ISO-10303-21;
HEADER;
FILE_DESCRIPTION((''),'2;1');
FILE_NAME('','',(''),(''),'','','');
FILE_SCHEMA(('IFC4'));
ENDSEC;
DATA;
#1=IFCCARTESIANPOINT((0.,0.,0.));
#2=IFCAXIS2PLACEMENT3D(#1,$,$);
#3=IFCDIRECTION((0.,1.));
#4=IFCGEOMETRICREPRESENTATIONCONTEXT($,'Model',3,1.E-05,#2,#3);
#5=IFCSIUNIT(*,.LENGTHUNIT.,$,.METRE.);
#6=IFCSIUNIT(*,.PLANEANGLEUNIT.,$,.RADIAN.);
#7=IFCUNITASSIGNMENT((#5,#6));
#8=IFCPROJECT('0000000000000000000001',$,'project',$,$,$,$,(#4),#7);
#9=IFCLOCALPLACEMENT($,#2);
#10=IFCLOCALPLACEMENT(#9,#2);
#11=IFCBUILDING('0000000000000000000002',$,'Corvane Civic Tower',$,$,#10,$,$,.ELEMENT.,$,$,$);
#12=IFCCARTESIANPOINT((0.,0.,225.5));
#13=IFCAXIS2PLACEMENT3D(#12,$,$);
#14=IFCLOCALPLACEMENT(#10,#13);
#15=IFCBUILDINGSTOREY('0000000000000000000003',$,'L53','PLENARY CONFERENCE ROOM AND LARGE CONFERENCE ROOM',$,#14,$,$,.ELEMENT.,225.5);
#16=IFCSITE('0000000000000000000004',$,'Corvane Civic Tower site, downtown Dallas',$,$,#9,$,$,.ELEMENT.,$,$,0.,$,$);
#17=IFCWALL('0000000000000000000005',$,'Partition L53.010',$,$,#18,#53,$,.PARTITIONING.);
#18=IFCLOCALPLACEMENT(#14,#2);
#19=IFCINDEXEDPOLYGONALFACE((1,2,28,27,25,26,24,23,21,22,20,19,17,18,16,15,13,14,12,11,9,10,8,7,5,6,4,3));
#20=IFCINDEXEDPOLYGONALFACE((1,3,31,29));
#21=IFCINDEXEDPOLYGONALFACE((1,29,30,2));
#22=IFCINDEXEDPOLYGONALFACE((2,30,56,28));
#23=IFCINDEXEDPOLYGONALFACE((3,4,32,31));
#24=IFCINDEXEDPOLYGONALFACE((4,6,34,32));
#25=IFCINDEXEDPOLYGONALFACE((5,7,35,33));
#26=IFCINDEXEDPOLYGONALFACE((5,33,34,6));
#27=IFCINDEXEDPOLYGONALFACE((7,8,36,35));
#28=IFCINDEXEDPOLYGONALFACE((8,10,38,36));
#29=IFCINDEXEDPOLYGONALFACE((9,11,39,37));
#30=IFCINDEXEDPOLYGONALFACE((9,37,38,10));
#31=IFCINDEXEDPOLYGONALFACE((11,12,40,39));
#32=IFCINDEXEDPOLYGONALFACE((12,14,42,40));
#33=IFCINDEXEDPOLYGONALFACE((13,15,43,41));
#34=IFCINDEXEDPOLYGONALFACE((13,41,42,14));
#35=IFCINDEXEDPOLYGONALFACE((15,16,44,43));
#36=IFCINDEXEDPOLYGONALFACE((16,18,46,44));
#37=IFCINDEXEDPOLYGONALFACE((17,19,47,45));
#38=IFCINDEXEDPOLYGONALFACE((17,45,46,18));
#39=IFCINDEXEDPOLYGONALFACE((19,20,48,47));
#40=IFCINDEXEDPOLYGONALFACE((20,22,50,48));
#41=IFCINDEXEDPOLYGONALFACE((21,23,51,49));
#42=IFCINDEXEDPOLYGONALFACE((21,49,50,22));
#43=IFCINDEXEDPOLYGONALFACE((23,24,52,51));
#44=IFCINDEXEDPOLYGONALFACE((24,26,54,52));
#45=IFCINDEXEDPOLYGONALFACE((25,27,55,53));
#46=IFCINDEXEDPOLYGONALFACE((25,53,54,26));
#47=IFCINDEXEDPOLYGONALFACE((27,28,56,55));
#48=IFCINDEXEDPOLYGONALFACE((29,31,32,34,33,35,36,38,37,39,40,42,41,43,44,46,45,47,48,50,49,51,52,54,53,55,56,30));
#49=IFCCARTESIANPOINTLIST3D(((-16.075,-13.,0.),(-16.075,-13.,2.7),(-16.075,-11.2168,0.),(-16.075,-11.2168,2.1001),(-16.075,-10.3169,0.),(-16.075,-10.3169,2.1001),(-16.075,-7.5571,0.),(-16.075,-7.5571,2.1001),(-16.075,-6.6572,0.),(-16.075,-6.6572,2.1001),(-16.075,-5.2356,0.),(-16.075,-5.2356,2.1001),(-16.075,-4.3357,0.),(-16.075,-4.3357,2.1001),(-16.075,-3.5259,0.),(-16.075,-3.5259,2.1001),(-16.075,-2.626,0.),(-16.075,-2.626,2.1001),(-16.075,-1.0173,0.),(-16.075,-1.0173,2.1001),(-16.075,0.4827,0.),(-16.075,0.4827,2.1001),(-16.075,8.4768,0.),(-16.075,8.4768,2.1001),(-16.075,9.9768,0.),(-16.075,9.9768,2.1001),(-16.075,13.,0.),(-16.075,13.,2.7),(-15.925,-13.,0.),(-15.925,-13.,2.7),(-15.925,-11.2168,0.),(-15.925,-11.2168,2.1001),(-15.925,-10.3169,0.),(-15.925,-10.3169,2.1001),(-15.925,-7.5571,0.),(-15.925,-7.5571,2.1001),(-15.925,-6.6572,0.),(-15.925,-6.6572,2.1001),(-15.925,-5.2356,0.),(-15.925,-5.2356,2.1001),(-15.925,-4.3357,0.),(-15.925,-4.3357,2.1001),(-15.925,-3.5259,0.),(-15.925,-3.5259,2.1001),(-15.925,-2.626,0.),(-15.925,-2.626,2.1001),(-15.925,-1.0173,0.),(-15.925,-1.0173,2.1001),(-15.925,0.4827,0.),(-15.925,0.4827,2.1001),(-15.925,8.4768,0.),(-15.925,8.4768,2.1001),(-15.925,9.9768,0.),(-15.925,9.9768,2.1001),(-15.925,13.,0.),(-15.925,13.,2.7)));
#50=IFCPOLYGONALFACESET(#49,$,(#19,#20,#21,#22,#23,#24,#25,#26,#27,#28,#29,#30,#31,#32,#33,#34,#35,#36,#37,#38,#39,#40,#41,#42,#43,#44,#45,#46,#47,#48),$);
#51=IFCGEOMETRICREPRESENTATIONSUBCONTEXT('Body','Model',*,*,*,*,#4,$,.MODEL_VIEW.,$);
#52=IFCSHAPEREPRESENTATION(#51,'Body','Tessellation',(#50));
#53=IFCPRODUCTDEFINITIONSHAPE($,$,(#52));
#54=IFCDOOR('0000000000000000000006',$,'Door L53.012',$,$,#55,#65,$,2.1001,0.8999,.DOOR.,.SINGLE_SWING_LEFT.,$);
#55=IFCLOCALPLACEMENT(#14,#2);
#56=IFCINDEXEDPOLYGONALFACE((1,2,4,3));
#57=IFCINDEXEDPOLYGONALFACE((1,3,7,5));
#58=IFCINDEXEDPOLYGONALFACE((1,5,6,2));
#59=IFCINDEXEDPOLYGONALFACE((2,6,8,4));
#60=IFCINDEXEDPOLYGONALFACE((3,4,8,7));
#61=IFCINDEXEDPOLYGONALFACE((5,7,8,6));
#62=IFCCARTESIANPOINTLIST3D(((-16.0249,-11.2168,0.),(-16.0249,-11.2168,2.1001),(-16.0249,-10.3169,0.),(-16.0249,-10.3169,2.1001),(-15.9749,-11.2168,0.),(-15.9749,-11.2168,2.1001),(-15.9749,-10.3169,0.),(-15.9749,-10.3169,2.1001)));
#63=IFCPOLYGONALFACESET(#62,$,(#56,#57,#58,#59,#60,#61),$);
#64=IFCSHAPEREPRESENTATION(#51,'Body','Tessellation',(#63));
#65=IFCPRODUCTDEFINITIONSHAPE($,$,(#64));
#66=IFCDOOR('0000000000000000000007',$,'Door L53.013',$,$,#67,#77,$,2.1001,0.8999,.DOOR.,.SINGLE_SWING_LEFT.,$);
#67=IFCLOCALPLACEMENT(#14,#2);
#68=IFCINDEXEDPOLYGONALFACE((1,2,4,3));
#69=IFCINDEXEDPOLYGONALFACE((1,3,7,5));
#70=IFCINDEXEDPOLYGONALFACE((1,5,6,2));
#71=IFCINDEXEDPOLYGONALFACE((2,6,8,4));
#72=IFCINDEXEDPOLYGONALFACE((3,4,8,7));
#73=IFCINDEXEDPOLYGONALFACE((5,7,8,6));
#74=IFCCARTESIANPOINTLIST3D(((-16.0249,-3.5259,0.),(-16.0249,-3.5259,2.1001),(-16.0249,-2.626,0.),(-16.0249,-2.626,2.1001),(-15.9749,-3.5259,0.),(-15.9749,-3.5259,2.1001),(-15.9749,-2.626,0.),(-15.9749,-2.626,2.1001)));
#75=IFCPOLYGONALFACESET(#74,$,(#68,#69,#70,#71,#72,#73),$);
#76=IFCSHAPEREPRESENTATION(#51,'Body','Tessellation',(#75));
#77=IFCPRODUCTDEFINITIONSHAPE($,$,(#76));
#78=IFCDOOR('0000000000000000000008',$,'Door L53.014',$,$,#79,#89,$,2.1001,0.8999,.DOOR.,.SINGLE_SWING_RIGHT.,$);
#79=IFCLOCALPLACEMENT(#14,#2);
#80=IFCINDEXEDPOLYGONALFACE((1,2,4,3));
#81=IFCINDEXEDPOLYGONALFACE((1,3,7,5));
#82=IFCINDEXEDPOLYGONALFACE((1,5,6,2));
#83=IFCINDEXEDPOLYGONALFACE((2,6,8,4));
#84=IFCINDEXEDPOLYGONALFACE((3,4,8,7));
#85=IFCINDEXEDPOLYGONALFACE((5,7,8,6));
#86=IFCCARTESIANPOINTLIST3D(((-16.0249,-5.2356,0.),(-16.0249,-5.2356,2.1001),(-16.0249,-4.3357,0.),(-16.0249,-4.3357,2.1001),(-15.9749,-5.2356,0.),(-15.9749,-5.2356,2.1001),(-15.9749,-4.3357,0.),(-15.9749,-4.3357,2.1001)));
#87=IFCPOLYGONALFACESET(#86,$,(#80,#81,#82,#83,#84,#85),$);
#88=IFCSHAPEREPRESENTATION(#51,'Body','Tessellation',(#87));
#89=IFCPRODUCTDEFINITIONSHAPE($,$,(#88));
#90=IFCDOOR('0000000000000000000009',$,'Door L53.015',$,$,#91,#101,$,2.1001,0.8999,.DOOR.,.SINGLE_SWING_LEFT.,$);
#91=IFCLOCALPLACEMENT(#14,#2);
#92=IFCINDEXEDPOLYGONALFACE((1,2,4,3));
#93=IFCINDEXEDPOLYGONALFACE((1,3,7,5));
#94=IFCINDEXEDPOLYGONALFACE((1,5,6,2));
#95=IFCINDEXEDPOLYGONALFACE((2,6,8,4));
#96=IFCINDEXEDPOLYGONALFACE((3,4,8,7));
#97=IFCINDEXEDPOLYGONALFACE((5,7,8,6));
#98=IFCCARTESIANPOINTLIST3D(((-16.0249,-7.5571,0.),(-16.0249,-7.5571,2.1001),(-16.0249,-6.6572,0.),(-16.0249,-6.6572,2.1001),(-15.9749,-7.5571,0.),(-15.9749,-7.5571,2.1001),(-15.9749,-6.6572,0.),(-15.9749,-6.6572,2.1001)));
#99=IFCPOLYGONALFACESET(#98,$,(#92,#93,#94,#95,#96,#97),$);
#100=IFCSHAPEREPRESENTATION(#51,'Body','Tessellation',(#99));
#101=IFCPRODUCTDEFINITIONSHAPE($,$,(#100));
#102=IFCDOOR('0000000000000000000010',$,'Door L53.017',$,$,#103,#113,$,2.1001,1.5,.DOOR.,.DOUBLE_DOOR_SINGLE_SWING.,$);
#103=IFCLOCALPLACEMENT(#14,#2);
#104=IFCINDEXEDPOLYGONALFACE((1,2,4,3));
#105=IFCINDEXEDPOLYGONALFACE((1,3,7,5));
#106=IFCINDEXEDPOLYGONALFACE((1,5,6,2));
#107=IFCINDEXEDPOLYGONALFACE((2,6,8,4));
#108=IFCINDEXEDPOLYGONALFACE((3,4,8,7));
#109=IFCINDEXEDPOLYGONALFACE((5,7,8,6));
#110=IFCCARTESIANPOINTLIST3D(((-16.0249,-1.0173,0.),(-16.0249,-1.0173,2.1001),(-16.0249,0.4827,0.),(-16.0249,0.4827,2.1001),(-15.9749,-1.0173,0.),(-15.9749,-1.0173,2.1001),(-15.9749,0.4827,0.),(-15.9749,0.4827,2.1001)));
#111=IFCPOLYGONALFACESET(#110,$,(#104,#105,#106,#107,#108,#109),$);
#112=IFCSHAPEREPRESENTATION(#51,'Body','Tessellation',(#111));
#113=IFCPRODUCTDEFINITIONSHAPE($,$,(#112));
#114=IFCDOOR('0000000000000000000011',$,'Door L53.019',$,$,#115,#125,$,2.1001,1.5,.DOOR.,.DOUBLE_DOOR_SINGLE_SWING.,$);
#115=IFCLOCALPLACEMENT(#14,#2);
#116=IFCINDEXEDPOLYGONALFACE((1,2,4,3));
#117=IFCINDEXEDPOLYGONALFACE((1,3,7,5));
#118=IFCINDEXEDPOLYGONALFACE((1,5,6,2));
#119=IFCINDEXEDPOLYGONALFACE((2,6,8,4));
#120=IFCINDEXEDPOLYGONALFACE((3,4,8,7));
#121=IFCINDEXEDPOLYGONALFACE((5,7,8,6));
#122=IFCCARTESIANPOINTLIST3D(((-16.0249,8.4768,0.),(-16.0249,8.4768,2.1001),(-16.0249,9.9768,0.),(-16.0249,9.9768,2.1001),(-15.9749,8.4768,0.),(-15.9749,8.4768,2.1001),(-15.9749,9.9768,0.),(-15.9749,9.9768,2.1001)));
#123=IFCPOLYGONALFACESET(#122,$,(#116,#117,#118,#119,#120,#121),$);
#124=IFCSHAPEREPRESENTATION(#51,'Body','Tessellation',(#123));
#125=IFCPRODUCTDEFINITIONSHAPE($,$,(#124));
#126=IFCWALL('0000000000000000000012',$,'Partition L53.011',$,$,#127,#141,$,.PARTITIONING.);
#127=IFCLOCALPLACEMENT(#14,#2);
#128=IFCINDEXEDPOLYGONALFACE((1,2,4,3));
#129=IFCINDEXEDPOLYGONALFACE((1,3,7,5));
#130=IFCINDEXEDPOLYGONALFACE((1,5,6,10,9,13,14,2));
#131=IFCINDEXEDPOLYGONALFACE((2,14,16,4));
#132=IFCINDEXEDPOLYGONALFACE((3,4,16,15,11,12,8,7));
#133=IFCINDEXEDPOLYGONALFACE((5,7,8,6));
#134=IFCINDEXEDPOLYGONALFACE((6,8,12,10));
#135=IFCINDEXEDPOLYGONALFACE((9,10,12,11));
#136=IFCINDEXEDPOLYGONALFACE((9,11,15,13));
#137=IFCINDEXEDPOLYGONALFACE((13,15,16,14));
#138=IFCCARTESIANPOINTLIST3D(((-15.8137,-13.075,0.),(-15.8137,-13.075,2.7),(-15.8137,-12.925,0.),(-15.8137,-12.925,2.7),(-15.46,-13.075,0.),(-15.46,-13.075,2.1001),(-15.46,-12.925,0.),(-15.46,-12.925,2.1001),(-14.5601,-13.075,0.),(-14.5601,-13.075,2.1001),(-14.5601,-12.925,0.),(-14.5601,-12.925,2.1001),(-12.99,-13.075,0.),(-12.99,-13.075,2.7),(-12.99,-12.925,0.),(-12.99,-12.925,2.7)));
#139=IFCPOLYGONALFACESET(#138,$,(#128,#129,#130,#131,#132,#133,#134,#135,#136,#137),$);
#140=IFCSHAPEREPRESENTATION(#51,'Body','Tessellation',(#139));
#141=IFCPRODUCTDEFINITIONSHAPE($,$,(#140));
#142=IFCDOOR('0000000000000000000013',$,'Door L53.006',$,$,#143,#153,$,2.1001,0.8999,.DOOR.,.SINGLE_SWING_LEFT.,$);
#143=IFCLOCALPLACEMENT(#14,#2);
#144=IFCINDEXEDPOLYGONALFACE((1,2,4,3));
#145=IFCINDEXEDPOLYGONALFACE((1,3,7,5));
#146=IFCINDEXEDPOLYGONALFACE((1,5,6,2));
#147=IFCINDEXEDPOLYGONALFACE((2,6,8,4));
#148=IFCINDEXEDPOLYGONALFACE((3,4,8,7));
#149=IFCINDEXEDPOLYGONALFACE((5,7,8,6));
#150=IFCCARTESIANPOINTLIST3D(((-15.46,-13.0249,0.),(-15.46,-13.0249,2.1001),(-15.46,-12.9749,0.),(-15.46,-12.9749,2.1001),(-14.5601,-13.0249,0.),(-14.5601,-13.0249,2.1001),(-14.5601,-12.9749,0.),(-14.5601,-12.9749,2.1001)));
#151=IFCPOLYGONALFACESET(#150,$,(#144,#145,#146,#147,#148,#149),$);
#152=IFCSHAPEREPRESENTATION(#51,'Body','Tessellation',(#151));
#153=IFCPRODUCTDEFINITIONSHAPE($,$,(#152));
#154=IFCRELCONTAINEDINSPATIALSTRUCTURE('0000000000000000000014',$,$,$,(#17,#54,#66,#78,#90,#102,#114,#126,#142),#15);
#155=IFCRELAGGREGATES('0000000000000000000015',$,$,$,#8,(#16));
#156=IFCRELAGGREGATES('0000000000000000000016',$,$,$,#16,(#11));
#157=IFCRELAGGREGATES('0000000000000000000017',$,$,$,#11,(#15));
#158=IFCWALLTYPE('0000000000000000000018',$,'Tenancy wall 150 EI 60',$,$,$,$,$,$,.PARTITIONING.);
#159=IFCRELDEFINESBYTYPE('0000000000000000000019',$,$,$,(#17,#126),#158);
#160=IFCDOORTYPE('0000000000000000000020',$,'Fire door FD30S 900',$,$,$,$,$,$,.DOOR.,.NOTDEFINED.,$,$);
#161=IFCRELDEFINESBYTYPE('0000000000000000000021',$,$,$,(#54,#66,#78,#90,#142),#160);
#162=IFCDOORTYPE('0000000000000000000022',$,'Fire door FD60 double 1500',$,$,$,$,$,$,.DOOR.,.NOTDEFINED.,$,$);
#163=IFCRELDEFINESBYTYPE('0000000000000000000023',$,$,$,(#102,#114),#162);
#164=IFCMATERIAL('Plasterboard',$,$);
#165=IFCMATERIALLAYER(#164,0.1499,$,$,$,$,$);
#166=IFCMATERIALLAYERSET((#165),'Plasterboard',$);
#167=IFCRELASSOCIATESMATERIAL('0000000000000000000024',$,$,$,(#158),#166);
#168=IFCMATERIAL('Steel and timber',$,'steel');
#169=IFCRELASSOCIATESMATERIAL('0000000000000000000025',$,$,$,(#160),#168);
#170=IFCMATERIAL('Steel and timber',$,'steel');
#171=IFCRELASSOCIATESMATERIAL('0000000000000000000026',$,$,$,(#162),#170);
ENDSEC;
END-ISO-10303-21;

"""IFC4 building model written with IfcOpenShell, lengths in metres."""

from ifc_helpers import new_model, si_unit, direction, frame, frame_2d, origin, place, context, subcontext, project, spatial, rectangle, extrude, material, layer, layer_set, type_object, element, fill, save


model = new_model("IFC4")

# Units and contexts
model_context = context("Model", 3, precision=1e-05, world=origin(), true_north=direction((0.0, 1.0)))
body_context = subcontext(model_context, "Body", "Model", "MODEL_VIEW")
ifc_project = project(units=[si_unit("LENGTHUNIT", "METRE"), si_unit("PLANEANGLEUNIT", "RADIAN")], contexts=[model_context])

# Site, building, storey
site_placement = place(None, origin())
site = spatial("IfcSite", under=ifc_project, at=site_placement, Name="Corvane Civic Tower site, downtown Dallas", CompositionType="ELEMENT", RefElevation=0.0)
building_placement = place(site_placement, origin())
building = spatial("IfcBuilding", under=site, at=building_placement, Name="Corvane Civic Tower", CompositionType="ELEMENT")
storey_placement = place(building_placement, frame((0.0, 0.0, 225.5)))
storey = spatial("IfcBuildingStorey", under=building, at=storey_placement, Name="L53", Description="PLENARY CONFERENCE ROOM AND LARGE CONFERENCE ROOM", CompositionType="ELEMENT", Elevation=225.5)

# Wall, openings, doors
ifc_material_1 = material(Name="Plasterboard")
ifc_layer_1 = layer(ifc_material_1, 0.1499)
ifc_layer_set_1 = layer_set([ifc_layer_1], Name="Plasterboard")
wall_type_1 = type_object("IfcWallType", Name="Tenancy wall 150 EI 60", PredefinedType="PARTITIONING", material=ifc_layer_set_1)
wall_1_placement = place(storey_placement, frame((-16.0, -13.0, 0.0), z_axis=(0.0, 0.0, 1.0), x_axis=(0.0, 1.0, 0.0)))
wall_1 = element("IfcWall", 1, at=wall_1_placement, inside=storey, type_object=wall_type_1, Name="Partition L53.010", PredefinedType="PARTITIONING", context=body_context, shape_type="SweptSolid", body=[
    extrude(rectangle(XDim=26.0, YDim=0.1499, at=frame_2d((13.0, 0.0))), origin(), (0.0, 0.0, 1.0), 2.7),
])
opening_1_placement = place(wall_1_placement, frame((1.7832, 0.0, 0.0)))
opening_1 = element("IfcOpeningElement", 2, at=opening_1_placement, cuts=wall_1, PredefinedType="OPENING", context=body_context, shape_type="SweptSolid", body=[
    extrude(rectangle(XDim=0.8999, YDim=2.1001, at=frame_2d((0.45, 1.05))), frame((0.0, 0.085, 0.0), z_axis=(0.0, -1.0, 0.0), x_axis=(1.0, 0.0, 0.0)), (0.0, 0.0, 1.0), 0.1699),
])
opening_2_placement = place(wall_1_placement, frame((9.4741, 0.0, 0.0)))
opening_2 = element("IfcOpeningElement", 3, at=opening_2_placement, cuts=wall_1, PredefinedType="OPENING", context=body_context, shape_type="SweptSolid", body=[
    extrude(rectangle(XDim=0.8999, YDim=2.1001, at=frame_2d((0.45, 1.05))), frame((0.0, 0.085, 0.0), z_axis=(0.0, -1.0, 0.0), x_axis=(1.0, 0.0, 0.0)), (0.0, 0.0, 1.0), 0.1699),
])
opening_3_placement = place(wall_1_placement, frame((7.7644, 0.0, 0.0)))
opening_3 = element("IfcOpeningElement", 4, at=opening_3_placement, cuts=wall_1, PredefinedType="OPENING", context=body_context, shape_type="SweptSolid", body=[
    extrude(rectangle(XDim=0.8999, YDim=2.1001, at=frame_2d((0.45, 1.05))), frame((0.0, 0.085, 0.0), z_axis=(0.0, -1.0, 0.0), x_axis=(1.0, 0.0, 0.0)), (0.0, 0.0, 1.0), 0.1699),
])
opening_4_placement = place(wall_1_placement, frame((5.4429, 0.0, 0.0)))
opening_4 = element("IfcOpeningElement", 5, at=opening_4_placement, cuts=wall_1, PredefinedType="OPENING", context=body_context, shape_type="SweptSolid", body=[
    extrude(rectangle(XDim=0.8999, YDim=2.1001, at=frame_2d((0.45, 1.05))), frame((0.0, 0.085, 0.0), z_axis=(0.0, -1.0, 0.0), x_axis=(1.0, 0.0, 0.0)), (0.0, 0.0, 1.0), 0.1699),
])
opening_5_placement = place(wall_1_placement, frame((11.9827, 0.0, 0.0)))
opening_5 = element("IfcOpeningElement", 6, at=opening_5_placement, cuts=wall_1, PredefinedType="OPENING", context=body_context, shape_type="SweptSolid", body=[
    extrude(rectangle(XDim=1.5, YDim=2.1001, at=frame_2d((0.75, 1.05))), frame((0.0, 0.085, 0.0), z_axis=(0.0, -1.0, 0.0), x_axis=(1.0, 0.0, 0.0)), (0.0, 0.0, 1.0), 0.1699),
])
opening_6_placement = place(wall_1_placement, frame((21.4768, 0.0, 0.0)))
opening_6 = element("IfcOpeningElement", 7, at=opening_6_placement, cuts=wall_1, PredefinedType="OPENING", context=body_context, shape_type="SweptSolid", body=[
    extrude(rectangle(XDim=1.5, YDim=2.1001, at=frame_2d((0.75, 1.05))), frame((0.0, 0.085, 0.0), z_axis=(0.0, -1.0, 0.0), x_axis=(1.0, 0.0, 0.0)), (0.0, 0.0, 1.0), 0.1699),
])
ifc_material_2 = material(Name="Steel and timber", Category="steel")
door_type_1 = type_object("IfcDoorType", Name="Fire door FD30S 900", OperationType="NOTDEFINED", PredefinedType="DOOR", material=ifc_material_2)
door_1_placement = place(opening_1_placement, origin())
door_1 = element("IfcDoor", 8, at=door_1_placement, inside=storey, type_object=door_type_1, Name="Door L53.012", OperationType="SINGLE_SWING_LEFT", OverallHeight=2.1001, OverallWidth=0.8999, PredefinedType="DOOR", context=body_context, shape_type="SweptSolid", body=[
    extrude(rectangle(XDim=0.8999, YDim=2.1001, at=frame_2d((0.45, 1.05))), frame((0.0, 0.0249, 0.0), z_axis=(0.0, -1.0, 0.0), x_axis=(1.0, 0.0, 0.0)), (0.0, 0.0, 1.0), 0.05),
])
fill(opening_1, door_1)
door_2_placement = place(opening_2_placement, origin())
door_2 = element("IfcDoor", 9, at=door_2_placement, inside=storey, type_object=door_type_1, Name="Door L53.013", OperationType="SINGLE_SWING_LEFT", OverallHeight=2.1001, OverallWidth=0.8999, PredefinedType="DOOR", context=body_context, shape_type="SweptSolid", body=[
    extrude(rectangle(XDim=0.8999, YDim=2.1001, at=frame_2d((0.45, 1.05))), frame((0.0, 0.0249, 0.0), z_axis=(0.0, -1.0, 0.0), x_axis=(1.0, 0.0, 0.0)), (0.0, 0.0, 1.0), 0.05),
])
fill(opening_2, door_2)
door_3_placement = place(opening_3_placement, origin())
door_3 = element("IfcDoor", 10, at=door_3_placement, inside=storey, type_object=door_type_1, Name="Door L53.014", OperationType="SINGLE_SWING_RIGHT", OverallHeight=2.1001, OverallWidth=0.8999, PredefinedType="DOOR", context=body_context, shape_type="SweptSolid", body=[
    extrude(rectangle(XDim=0.8999, YDim=2.1001, at=frame_2d((0.45, 1.05))), frame((0.0, 0.0249, 0.0), z_axis=(0.0, -1.0, 0.0), x_axis=(1.0, 0.0, 0.0)), (0.0, 0.0, 1.0), 0.05),
])
fill(opening_3, door_3)
door_4_placement = place(opening_4_placement, origin())
door_4 = element("IfcDoor", 11, at=door_4_placement, inside=storey, type_object=door_type_1, Name="Door L53.015", OperationType="SINGLE_SWING_LEFT", OverallHeight=2.1001, OverallWidth=0.8999, PredefinedType="DOOR", context=body_context, shape_type="SweptSolid", body=[
    extrude(rectangle(XDim=0.8999, YDim=2.1001, at=frame_2d((0.45, 1.05))), frame((0.0, 0.0249, 0.0), z_axis=(0.0, -1.0, 0.0), x_axis=(1.0, 0.0, 0.0)), (0.0, 0.0, 1.0), 0.05),
])
fill(opening_4, door_4)
ifc_material_3 = material(Name="Steel and timber", Category="steel")
door_type_2 = type_object("IfcDoorType", Name="Fire door FD60 double 1500", OperationType="NOTDEFINED", PredefinedType="DOOR", material=ifc_material_3)
door_5_placement = place(opening_5_placement, origin())
door_5 = element("IfcDoor", 12, at=door_5_placement, inside=storey, type_object=door_type_2, Name="Door L53.017", OperationType="DOUBLE_DOOR_SINGLE_SWING", OverallHeight=2.1001, OverallWidth=1.5, PredefinedType="DOOR", context=body_context, shape_type="SweptSolid", body=[
    extrude(rectangle(XDim=1.5, YDim=2.1001, at=frame_2d((0.75, 1.05))), frame((0.0, 0.0249, 0.0), z_axis=(0.0, -1.0, 0.0), x_axis=(1.0, 0.0, 0.0)), (0.0, 0.0, 1.0), 0.05),
])
fill(opening_5, door_5)
door_6_placement = place(opening_6_placement, origin())
door_6 = element("IfcDoor", 13, at=door_6_placement, inside=storey, type_object=door_type_2, Name="Door L53.019", OperationType="DOUBLE_DOOR_SINGLE_SWING", OverallHeight=2.1001, OverallWidth=1.5, PredefinedType="DOOR", context=body_context, shape_type="SweptSolid", body=[
    extrude(rectangle(XDim=1.5, YDim=2.1001, at=frame_2d((0.75, 1.05))), frame((0.0, 0.0249, 0.0), z_axis=(0.0, -1.0, 0.0), x_axis=(1.0, 0.0, 0.0)), (0.0, 0.0, 1.0), 0.05),
])
fill(opening_6, door_6)

# Wall, opening, door
wall_2_placement = place(storey_placement, frame((-15.8137, -13.0, 0.0), z_axis=(0.0, 0.0, 1.0), x_axis=(1.0, 0.0, 0.0)))
wall_2 = element("IfcWall", 14, at=wall_2_placement, inside=storey, type_object=wall_type_1, Name="Partition L53.011", PredefinedType="PARTITIONING", context=body_context, shape_type="SweptSolid", body=[
    extrude(rectangle(XDim=2.8237, YDim=0.1499, at=frame_2d((1.4119, 0.0))), origin(), (0.0, 0.0, 1.0), 2.7),
])
opening_7_placement = place(wall_2_placement, frame((0.3538, 0.0, 0.0)))
opening_7 = element("IfcOpeningElement", 15, at=opening_7_placement, cuts=wall_2, PredefinedType="OPENING", context=body_context, shape_type="SweptSolid", body=[
    extrude(rectangle(XDim=0.8999, YDim=2.1001, at=frame_2d((0.45, 1.05))), frame((0.0, 0.085, 0.0), z_axis=(0.0, -1.0, 0.0), x_axis=(1.0, 0.0, 0.0)), (0.0, 0.0, 1.0), 0.1699),
])
door_7_placement = place(opening_7_placement, frame((0.8999, 0.0, 0.0), z_axis=(0.0, 0.0, 1.0), x_axis=(-1.0, 0.0, 0.0)))
door_7 = element("IfcDoor", 16, at=door_7_placement, inside=storey, type_object=door_type_1, Name="Door L53.006", OperationType="SINGLE_SWING_LEFT", OverallHeight=2.1001, OverallWidth=0.8999, PredefinedType="DOOR", context=body_context, shape_type="SweptSolid", body=[
    extrude(rectangle(XDim=0.8999, YDim=2.1001, at=frame_2d((0.45, 1.05))), frame((0.0, 0.0249, 0.0), z_axis=(0.0, -1.0, 0.0), x_axis=(1.0, 0.0, 0.0)), (0.0, 0.0, 1.0), 0.05),
])
fill(opening_7, door_7)

save(model, "model.ifc")
